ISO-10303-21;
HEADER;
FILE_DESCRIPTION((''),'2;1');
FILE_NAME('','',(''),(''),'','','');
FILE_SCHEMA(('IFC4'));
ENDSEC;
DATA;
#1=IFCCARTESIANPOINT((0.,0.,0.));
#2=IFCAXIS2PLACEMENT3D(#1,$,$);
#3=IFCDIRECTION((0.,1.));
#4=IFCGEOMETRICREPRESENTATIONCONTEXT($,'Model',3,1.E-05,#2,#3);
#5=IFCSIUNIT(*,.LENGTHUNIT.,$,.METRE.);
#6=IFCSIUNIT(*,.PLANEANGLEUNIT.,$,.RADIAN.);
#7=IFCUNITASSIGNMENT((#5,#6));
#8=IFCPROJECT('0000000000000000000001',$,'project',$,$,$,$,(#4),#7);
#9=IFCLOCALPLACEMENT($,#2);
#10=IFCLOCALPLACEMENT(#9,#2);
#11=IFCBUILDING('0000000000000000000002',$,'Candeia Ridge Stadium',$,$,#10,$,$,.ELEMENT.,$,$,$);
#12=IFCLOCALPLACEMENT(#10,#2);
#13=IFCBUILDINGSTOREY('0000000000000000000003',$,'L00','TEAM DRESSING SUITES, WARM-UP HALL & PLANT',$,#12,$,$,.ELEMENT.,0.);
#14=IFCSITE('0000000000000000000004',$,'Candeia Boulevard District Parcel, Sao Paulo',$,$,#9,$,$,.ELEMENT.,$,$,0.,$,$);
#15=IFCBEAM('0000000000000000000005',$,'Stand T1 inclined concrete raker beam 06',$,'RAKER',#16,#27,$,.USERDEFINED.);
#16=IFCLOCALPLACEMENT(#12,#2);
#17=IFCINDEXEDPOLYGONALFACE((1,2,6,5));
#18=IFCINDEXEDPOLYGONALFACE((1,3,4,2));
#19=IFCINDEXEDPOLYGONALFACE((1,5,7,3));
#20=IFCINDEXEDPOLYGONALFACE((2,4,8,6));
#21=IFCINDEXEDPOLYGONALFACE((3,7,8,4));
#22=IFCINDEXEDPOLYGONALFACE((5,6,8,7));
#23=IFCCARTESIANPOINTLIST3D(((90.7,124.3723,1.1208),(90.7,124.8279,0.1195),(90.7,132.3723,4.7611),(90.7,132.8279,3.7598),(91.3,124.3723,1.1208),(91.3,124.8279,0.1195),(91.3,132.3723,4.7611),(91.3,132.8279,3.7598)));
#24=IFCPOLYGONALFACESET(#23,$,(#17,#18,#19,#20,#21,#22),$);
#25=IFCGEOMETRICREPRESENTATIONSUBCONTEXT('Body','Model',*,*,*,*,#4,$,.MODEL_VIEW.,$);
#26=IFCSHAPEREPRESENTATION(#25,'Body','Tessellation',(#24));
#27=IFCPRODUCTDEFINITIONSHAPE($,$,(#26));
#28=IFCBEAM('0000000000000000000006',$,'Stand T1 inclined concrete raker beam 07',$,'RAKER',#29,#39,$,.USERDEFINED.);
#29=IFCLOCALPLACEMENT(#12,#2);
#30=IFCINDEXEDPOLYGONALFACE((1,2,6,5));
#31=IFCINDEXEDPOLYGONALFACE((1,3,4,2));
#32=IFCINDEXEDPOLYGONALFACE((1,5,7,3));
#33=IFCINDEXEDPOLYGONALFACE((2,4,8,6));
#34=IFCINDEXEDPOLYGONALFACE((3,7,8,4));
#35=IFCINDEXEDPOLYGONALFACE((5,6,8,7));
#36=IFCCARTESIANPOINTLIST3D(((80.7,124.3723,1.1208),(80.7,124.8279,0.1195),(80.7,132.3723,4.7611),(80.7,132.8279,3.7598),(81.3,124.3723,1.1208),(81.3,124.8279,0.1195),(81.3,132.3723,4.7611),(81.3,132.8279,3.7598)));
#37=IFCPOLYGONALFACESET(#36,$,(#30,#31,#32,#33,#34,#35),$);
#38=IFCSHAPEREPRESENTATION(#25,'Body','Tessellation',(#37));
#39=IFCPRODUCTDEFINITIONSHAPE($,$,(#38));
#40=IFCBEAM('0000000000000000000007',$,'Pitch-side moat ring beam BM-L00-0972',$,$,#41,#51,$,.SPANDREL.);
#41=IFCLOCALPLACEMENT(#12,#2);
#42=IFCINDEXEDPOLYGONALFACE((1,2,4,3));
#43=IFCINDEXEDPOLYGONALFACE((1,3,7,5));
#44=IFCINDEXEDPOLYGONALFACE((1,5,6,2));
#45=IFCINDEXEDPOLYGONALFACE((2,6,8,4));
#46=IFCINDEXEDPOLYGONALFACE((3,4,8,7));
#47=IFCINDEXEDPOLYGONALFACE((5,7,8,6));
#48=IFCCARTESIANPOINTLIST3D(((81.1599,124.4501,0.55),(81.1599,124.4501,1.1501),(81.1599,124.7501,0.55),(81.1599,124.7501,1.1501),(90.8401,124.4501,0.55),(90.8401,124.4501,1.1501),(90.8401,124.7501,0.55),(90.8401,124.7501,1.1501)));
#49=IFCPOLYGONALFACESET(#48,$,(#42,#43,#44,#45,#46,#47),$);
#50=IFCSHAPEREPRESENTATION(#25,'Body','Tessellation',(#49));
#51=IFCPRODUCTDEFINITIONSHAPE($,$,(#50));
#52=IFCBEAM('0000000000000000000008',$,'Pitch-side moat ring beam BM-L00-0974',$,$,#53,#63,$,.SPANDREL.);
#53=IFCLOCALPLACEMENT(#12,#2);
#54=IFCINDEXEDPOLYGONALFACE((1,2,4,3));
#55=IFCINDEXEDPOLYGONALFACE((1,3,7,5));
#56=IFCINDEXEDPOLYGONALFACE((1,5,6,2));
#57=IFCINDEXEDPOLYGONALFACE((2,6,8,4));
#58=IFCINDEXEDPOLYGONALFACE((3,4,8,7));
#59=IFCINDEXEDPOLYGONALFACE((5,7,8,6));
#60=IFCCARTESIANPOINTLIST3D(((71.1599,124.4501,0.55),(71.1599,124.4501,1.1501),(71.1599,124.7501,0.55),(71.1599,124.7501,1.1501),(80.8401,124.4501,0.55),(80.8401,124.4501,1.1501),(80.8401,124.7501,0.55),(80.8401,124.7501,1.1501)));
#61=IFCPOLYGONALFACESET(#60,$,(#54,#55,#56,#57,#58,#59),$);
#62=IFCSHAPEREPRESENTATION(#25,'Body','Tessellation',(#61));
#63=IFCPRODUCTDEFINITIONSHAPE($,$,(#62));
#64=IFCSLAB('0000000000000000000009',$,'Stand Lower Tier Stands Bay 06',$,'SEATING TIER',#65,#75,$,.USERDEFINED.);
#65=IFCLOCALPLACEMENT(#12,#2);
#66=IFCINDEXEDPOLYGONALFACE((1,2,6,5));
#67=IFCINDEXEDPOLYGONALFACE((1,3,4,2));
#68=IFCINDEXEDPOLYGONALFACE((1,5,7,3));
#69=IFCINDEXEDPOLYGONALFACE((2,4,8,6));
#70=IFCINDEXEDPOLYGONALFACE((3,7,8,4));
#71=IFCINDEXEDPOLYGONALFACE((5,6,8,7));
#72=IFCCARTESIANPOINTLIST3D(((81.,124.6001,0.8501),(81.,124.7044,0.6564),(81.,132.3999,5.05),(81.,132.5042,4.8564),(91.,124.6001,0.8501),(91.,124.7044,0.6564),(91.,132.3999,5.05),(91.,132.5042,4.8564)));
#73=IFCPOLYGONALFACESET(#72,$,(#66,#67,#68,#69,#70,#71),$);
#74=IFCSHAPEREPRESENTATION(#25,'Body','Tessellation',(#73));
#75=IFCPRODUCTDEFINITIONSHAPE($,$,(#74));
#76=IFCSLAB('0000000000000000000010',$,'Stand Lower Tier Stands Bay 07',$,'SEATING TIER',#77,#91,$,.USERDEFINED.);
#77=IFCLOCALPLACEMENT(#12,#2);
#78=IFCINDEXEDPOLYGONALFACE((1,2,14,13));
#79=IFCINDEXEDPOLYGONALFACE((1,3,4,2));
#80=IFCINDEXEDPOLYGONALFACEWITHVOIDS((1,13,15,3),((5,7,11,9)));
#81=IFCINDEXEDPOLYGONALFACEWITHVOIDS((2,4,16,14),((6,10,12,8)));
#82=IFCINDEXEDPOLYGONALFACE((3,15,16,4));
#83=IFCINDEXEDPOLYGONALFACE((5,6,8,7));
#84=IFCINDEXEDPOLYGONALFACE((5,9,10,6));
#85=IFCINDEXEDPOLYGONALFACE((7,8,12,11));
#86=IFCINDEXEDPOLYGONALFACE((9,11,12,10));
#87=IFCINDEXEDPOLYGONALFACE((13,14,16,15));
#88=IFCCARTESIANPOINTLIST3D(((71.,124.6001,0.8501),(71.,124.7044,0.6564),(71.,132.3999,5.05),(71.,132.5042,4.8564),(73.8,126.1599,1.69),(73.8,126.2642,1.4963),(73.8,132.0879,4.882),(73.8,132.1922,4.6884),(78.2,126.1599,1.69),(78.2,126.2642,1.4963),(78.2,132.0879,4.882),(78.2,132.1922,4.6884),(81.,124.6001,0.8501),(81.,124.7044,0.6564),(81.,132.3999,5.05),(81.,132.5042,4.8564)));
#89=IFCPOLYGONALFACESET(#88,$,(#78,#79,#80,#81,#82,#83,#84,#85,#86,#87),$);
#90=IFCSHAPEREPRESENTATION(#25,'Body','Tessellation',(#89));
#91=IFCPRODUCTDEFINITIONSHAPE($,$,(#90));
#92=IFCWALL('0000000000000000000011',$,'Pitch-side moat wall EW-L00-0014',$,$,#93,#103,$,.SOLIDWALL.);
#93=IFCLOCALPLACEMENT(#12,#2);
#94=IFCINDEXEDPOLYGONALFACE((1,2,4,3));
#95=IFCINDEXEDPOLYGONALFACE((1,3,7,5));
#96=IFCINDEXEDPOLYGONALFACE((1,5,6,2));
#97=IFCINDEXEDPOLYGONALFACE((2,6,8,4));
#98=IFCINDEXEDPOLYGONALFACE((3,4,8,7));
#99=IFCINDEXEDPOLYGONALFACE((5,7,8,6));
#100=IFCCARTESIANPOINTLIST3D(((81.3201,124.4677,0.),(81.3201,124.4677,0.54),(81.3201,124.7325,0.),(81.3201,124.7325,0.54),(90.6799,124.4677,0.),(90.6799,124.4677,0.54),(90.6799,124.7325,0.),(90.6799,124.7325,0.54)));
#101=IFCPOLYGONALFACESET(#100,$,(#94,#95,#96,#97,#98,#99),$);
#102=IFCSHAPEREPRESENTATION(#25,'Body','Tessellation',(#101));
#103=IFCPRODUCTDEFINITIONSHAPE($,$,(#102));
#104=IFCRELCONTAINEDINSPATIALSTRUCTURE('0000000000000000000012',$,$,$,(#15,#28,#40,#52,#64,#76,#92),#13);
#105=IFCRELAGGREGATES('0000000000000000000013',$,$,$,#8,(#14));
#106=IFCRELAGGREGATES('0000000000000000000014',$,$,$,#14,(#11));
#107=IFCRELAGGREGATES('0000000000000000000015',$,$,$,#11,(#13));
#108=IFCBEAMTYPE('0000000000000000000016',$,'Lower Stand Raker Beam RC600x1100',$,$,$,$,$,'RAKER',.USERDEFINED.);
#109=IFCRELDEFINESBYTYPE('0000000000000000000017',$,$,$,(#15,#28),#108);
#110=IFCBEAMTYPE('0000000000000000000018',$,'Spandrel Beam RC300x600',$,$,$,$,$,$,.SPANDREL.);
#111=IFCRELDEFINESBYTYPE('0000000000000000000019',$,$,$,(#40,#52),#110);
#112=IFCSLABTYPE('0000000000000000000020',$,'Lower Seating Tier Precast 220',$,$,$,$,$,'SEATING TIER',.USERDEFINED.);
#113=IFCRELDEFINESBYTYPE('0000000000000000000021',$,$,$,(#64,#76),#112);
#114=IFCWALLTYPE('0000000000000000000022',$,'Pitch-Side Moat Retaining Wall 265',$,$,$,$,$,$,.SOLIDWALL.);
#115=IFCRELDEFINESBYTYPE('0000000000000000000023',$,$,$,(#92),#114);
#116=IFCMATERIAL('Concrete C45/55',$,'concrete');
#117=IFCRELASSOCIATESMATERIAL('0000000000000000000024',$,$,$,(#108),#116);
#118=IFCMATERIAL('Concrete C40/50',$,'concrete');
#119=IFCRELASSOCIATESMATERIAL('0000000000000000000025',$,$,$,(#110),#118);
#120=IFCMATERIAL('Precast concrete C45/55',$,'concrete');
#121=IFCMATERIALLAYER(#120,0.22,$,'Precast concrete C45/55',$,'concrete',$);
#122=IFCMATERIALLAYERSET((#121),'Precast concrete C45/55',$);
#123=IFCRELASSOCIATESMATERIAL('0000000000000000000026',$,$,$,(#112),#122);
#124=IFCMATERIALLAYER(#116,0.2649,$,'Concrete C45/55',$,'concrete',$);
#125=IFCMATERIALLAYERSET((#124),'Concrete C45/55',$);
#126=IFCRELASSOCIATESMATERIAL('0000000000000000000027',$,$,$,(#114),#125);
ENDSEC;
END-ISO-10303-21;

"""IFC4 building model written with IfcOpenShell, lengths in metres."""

from ifc_helpers import new_model, si_unit, direction, frame, frame_2d, origin, origin_2d, place, context, subcontext, project, spatial, polyline, rectangle, outline, extrude, material, layer, layer_set, material_profile, profile_set, type_object, element, save


model = new_model("IFC4")

# Units and contexts
model_context = context("Model", 3, precision=1e-05, world=origin(), true_north=direction((0.0, 1.0)))
body_context = subcontext(model_context, "Body", "Model", "MODEL_VIEW")
ifc_project = project(units=[si_unit("LENGTHUNIT", "METRE"), si_unit("PLANEANGLEUNIT", "RADIAN")], contexts=[model_context])

# Site, building, storey
site_placement = place(None, origin())
site = spatial("IfcSite", under=ifc_project, at=site_placement, Name="Candeia Boulevard District Parcel, Sao Paulo", CompositionType="ELEMENT", RefElevation=0.0)
building_placement = place(site_placement, origin())
building = spatial("IfcBuilding", under=site, at=building_placement, Name="Candeia Ridge Stadium", CompositionType="ELEMENT")
storey_placement = place(building_placement, origin())
storey = spatial("IfcBuildingStorey", under=building, at=storey_placement, Name="L00", Description="TEAM DRESSING SUITES, WARM-UP HALL & PLANT", CompositionType="ELEMENT", Elevation=0.0)

# Shared definitions
ifc_material_1 = material(Name="Concrete C40/50", Category="concrete")

# Beams
ifc_material_2 = material(Name="Concrete C45/55", Category="concrete")
ifc_material_profile_1 = material_profile(ifc_material_2, rectangle(XDim=0.6001, YDim=1.1001, at=origin_2d()), Name="RC600x1100", Category="concrete")
ifc_profile_set_1 = profile_set([ifc_material_profile_1], Name="Concrete C45/55")
beam_type_1 = type_object("IfcBeamType", Name="Lower Stand Raker Beam RC600x1100", ElementType="RAKER", PredefinedType="USERDEFINED", material=ifc_profile_set_1)
for number, where, z_axis, x_axis, name in (
    (1, (91.0, 124.6001, 0.6201), (0.0, 0.910194, 0.414182), (-1.0, 0.0, 0.0), "Stand T1 inclined concrete raker beam 06"),
    (2, (81.0, 124.6001, 0.6201), (0.0, 0.910194, 0.414182), (-1.0, 0.0, 0.0), "Stand T1 inclined concrete raker beam 07"),
):
    element("IfcBeam", number, at=place(storey_placement, frame(where, z_axis=z_axis, x_axis=x_axis)), inside=storey, type_object=beam_type_1, Name=name, ObjectType="RAKER", PredefinedType="USERDEFINED", context=body_context, shape_type="SweptSolid", body=[
        extrude(rectangle(XDim=0.6001, YDim=1.1001, at=origin_2d()), origin(), (0.0, 0.0, 1.0), 8.7893),
    ])
ifc_material_profile_2 = material_profile(ifc_material_1, rectangle(XDim=0.3, YDim=0.6001, at=origin_2d()), Name="RC300x600", Category="concrete")
ifc_profile_set_2 = profile_set([ifc_material_profile_2], Name="Concrete C40/50")
beam_type_2 = type_object("IfcBeamType", Name="Spandrel Beam RC300x600", PredefinedType="SPANDREL", material=ifc_profile_set_2)
for number, where, z_axis, x_axis, name in (
    (3, (90.8401, 124.6001, 0.8501), (-1.0, 0.0, 0.0), (0.0, -1.0, 0.0), "Pitch-side moat ring beam BM-L00-0972"),
    (4, (80.8401, 124.6001, 0.8501), (-1.0, 0.0, 0.0), (0.0, -1.0, 0.0), "Pitch-side moat ring beam BM-L00-0974"),
):
    element("IfcBeam", number, at=place(storey_placement, frame(where, z_axis=z_axis, x_axis=x_axis)), inside=storey, type_object=beam_type_2, Name=name, PredefinedType="SPANDREL", context=body_context, shape_type="SweptSolid", body=[
        extrude(rectangle(XDim=0.3, YDim=0.6001, at=origin_2d()), origin(), (0.0, 0.0, 1.0), 9.6802),
    ])

# Slabs
ifc_material_3 = material(Name="Precast concrete C45/55", Category="concrete")
ifc_layer_1 = layer(ifc_material_3, 0.22, Name="Precast concrete C45/55", Category="concrete")
ifc_layer_set_1 = layer_set([ifc_layer_1], Name="Precast concrete C45/55")
slab_type = type_object("IfcSlabType", Name="Lower Seating Tier Precast 220", ElementType="SEATING TIER", PredefinedType="USERDEFINED", material=ifc_layer_set_1)
slab_1_placement = place(storey_placement, frame((91.0, 124.6001, 0.8501), z_axis=(0.0, -0.474105, 0.880468), x_axis=(-1.0, 0.0, 0.0)))
element("IfcSlab", 5, at=slab_1_placement, inside=storey, type_object=slab_type, Name="Stand Lower Tier Stands Bay 06", ObjectType="SEATING TIER", PredefinedType="USERDEFINED", context=body_context, shape_type="SweptSolid", body=[
    extrude(outline(polyline([(0.0, 0.0), (10.0, 0.0), (10.0, -8.8587), (0.0, -8.8587), (0.0, 0.0)])), origin(), (0.0, 0.0, -1.0), 0.22),
])
slab_2_placement = place(storey_placement, frame((81.0, 124.6001, 0.8501), z_axis=(0.0, -0.474105, 0.880468), x_axis=(-1.0, 0.0, 0.0)))
element("IfcSlab", 6, at=slab_2_placement, inside=storey, type_object=slab_type, Name="Stand Lower Tier Stands Bay 07", ObjectType="SEATING TIER", PredefinedType="USERDEFINED", context=body_context, shape_type="SweptSolid", body=[
    extrude(outline(polyline([(0.0, 0.0), (10.0, 0.0), (10.0, -8.8587), (0.0, -8.8587), (0.0, 0.0)]), holes=[polyline([(2.8, -1.7715), (7.2, -1.7715), (7.2, -8.5043), (2.8, -8.5043), (2.8, -1.7715)])]), origin(), (0.0, 0.0, -1.0), 0.22),
])

# Wall
ifc_layer_2 = layer(ifc_material_2, 0.2649, Name="Concrete C45/55", Category="concrete")
ifc_layer_set_2 = layer_set([ifc_layer_2], Name="Concrete C45/55")
wall_type = type_object("IfcWallType", Name="Pitch-Side Moat Retaining Wall 265", PredefinedType="SOLIDWALL", material=ifc_layer_set_2)
wall_placement = place(storey_placement, frame((90.6799, 124.6001, 0.0), z_axis=(0.0, 0.0, 1.0), x_axis=(-1.0, 0.0, 0.0)))
element("IfcWall", 7, at=wall_placement, inside=storey, type_object=wall_type, Name="Pitch-side moat wall EW-L00-0014", PredefinedType="SOLIDWALL", context=body_context, shape_type="SweptSolid", body=[
    extrude(rectangle(XDim=9.3599, YDim=0.2649, at=frame_2d((4.6799, 0.0))), origin(), (0.0, 0.0, 1.0), 0.54),
])

save(model, "model.ifc")
